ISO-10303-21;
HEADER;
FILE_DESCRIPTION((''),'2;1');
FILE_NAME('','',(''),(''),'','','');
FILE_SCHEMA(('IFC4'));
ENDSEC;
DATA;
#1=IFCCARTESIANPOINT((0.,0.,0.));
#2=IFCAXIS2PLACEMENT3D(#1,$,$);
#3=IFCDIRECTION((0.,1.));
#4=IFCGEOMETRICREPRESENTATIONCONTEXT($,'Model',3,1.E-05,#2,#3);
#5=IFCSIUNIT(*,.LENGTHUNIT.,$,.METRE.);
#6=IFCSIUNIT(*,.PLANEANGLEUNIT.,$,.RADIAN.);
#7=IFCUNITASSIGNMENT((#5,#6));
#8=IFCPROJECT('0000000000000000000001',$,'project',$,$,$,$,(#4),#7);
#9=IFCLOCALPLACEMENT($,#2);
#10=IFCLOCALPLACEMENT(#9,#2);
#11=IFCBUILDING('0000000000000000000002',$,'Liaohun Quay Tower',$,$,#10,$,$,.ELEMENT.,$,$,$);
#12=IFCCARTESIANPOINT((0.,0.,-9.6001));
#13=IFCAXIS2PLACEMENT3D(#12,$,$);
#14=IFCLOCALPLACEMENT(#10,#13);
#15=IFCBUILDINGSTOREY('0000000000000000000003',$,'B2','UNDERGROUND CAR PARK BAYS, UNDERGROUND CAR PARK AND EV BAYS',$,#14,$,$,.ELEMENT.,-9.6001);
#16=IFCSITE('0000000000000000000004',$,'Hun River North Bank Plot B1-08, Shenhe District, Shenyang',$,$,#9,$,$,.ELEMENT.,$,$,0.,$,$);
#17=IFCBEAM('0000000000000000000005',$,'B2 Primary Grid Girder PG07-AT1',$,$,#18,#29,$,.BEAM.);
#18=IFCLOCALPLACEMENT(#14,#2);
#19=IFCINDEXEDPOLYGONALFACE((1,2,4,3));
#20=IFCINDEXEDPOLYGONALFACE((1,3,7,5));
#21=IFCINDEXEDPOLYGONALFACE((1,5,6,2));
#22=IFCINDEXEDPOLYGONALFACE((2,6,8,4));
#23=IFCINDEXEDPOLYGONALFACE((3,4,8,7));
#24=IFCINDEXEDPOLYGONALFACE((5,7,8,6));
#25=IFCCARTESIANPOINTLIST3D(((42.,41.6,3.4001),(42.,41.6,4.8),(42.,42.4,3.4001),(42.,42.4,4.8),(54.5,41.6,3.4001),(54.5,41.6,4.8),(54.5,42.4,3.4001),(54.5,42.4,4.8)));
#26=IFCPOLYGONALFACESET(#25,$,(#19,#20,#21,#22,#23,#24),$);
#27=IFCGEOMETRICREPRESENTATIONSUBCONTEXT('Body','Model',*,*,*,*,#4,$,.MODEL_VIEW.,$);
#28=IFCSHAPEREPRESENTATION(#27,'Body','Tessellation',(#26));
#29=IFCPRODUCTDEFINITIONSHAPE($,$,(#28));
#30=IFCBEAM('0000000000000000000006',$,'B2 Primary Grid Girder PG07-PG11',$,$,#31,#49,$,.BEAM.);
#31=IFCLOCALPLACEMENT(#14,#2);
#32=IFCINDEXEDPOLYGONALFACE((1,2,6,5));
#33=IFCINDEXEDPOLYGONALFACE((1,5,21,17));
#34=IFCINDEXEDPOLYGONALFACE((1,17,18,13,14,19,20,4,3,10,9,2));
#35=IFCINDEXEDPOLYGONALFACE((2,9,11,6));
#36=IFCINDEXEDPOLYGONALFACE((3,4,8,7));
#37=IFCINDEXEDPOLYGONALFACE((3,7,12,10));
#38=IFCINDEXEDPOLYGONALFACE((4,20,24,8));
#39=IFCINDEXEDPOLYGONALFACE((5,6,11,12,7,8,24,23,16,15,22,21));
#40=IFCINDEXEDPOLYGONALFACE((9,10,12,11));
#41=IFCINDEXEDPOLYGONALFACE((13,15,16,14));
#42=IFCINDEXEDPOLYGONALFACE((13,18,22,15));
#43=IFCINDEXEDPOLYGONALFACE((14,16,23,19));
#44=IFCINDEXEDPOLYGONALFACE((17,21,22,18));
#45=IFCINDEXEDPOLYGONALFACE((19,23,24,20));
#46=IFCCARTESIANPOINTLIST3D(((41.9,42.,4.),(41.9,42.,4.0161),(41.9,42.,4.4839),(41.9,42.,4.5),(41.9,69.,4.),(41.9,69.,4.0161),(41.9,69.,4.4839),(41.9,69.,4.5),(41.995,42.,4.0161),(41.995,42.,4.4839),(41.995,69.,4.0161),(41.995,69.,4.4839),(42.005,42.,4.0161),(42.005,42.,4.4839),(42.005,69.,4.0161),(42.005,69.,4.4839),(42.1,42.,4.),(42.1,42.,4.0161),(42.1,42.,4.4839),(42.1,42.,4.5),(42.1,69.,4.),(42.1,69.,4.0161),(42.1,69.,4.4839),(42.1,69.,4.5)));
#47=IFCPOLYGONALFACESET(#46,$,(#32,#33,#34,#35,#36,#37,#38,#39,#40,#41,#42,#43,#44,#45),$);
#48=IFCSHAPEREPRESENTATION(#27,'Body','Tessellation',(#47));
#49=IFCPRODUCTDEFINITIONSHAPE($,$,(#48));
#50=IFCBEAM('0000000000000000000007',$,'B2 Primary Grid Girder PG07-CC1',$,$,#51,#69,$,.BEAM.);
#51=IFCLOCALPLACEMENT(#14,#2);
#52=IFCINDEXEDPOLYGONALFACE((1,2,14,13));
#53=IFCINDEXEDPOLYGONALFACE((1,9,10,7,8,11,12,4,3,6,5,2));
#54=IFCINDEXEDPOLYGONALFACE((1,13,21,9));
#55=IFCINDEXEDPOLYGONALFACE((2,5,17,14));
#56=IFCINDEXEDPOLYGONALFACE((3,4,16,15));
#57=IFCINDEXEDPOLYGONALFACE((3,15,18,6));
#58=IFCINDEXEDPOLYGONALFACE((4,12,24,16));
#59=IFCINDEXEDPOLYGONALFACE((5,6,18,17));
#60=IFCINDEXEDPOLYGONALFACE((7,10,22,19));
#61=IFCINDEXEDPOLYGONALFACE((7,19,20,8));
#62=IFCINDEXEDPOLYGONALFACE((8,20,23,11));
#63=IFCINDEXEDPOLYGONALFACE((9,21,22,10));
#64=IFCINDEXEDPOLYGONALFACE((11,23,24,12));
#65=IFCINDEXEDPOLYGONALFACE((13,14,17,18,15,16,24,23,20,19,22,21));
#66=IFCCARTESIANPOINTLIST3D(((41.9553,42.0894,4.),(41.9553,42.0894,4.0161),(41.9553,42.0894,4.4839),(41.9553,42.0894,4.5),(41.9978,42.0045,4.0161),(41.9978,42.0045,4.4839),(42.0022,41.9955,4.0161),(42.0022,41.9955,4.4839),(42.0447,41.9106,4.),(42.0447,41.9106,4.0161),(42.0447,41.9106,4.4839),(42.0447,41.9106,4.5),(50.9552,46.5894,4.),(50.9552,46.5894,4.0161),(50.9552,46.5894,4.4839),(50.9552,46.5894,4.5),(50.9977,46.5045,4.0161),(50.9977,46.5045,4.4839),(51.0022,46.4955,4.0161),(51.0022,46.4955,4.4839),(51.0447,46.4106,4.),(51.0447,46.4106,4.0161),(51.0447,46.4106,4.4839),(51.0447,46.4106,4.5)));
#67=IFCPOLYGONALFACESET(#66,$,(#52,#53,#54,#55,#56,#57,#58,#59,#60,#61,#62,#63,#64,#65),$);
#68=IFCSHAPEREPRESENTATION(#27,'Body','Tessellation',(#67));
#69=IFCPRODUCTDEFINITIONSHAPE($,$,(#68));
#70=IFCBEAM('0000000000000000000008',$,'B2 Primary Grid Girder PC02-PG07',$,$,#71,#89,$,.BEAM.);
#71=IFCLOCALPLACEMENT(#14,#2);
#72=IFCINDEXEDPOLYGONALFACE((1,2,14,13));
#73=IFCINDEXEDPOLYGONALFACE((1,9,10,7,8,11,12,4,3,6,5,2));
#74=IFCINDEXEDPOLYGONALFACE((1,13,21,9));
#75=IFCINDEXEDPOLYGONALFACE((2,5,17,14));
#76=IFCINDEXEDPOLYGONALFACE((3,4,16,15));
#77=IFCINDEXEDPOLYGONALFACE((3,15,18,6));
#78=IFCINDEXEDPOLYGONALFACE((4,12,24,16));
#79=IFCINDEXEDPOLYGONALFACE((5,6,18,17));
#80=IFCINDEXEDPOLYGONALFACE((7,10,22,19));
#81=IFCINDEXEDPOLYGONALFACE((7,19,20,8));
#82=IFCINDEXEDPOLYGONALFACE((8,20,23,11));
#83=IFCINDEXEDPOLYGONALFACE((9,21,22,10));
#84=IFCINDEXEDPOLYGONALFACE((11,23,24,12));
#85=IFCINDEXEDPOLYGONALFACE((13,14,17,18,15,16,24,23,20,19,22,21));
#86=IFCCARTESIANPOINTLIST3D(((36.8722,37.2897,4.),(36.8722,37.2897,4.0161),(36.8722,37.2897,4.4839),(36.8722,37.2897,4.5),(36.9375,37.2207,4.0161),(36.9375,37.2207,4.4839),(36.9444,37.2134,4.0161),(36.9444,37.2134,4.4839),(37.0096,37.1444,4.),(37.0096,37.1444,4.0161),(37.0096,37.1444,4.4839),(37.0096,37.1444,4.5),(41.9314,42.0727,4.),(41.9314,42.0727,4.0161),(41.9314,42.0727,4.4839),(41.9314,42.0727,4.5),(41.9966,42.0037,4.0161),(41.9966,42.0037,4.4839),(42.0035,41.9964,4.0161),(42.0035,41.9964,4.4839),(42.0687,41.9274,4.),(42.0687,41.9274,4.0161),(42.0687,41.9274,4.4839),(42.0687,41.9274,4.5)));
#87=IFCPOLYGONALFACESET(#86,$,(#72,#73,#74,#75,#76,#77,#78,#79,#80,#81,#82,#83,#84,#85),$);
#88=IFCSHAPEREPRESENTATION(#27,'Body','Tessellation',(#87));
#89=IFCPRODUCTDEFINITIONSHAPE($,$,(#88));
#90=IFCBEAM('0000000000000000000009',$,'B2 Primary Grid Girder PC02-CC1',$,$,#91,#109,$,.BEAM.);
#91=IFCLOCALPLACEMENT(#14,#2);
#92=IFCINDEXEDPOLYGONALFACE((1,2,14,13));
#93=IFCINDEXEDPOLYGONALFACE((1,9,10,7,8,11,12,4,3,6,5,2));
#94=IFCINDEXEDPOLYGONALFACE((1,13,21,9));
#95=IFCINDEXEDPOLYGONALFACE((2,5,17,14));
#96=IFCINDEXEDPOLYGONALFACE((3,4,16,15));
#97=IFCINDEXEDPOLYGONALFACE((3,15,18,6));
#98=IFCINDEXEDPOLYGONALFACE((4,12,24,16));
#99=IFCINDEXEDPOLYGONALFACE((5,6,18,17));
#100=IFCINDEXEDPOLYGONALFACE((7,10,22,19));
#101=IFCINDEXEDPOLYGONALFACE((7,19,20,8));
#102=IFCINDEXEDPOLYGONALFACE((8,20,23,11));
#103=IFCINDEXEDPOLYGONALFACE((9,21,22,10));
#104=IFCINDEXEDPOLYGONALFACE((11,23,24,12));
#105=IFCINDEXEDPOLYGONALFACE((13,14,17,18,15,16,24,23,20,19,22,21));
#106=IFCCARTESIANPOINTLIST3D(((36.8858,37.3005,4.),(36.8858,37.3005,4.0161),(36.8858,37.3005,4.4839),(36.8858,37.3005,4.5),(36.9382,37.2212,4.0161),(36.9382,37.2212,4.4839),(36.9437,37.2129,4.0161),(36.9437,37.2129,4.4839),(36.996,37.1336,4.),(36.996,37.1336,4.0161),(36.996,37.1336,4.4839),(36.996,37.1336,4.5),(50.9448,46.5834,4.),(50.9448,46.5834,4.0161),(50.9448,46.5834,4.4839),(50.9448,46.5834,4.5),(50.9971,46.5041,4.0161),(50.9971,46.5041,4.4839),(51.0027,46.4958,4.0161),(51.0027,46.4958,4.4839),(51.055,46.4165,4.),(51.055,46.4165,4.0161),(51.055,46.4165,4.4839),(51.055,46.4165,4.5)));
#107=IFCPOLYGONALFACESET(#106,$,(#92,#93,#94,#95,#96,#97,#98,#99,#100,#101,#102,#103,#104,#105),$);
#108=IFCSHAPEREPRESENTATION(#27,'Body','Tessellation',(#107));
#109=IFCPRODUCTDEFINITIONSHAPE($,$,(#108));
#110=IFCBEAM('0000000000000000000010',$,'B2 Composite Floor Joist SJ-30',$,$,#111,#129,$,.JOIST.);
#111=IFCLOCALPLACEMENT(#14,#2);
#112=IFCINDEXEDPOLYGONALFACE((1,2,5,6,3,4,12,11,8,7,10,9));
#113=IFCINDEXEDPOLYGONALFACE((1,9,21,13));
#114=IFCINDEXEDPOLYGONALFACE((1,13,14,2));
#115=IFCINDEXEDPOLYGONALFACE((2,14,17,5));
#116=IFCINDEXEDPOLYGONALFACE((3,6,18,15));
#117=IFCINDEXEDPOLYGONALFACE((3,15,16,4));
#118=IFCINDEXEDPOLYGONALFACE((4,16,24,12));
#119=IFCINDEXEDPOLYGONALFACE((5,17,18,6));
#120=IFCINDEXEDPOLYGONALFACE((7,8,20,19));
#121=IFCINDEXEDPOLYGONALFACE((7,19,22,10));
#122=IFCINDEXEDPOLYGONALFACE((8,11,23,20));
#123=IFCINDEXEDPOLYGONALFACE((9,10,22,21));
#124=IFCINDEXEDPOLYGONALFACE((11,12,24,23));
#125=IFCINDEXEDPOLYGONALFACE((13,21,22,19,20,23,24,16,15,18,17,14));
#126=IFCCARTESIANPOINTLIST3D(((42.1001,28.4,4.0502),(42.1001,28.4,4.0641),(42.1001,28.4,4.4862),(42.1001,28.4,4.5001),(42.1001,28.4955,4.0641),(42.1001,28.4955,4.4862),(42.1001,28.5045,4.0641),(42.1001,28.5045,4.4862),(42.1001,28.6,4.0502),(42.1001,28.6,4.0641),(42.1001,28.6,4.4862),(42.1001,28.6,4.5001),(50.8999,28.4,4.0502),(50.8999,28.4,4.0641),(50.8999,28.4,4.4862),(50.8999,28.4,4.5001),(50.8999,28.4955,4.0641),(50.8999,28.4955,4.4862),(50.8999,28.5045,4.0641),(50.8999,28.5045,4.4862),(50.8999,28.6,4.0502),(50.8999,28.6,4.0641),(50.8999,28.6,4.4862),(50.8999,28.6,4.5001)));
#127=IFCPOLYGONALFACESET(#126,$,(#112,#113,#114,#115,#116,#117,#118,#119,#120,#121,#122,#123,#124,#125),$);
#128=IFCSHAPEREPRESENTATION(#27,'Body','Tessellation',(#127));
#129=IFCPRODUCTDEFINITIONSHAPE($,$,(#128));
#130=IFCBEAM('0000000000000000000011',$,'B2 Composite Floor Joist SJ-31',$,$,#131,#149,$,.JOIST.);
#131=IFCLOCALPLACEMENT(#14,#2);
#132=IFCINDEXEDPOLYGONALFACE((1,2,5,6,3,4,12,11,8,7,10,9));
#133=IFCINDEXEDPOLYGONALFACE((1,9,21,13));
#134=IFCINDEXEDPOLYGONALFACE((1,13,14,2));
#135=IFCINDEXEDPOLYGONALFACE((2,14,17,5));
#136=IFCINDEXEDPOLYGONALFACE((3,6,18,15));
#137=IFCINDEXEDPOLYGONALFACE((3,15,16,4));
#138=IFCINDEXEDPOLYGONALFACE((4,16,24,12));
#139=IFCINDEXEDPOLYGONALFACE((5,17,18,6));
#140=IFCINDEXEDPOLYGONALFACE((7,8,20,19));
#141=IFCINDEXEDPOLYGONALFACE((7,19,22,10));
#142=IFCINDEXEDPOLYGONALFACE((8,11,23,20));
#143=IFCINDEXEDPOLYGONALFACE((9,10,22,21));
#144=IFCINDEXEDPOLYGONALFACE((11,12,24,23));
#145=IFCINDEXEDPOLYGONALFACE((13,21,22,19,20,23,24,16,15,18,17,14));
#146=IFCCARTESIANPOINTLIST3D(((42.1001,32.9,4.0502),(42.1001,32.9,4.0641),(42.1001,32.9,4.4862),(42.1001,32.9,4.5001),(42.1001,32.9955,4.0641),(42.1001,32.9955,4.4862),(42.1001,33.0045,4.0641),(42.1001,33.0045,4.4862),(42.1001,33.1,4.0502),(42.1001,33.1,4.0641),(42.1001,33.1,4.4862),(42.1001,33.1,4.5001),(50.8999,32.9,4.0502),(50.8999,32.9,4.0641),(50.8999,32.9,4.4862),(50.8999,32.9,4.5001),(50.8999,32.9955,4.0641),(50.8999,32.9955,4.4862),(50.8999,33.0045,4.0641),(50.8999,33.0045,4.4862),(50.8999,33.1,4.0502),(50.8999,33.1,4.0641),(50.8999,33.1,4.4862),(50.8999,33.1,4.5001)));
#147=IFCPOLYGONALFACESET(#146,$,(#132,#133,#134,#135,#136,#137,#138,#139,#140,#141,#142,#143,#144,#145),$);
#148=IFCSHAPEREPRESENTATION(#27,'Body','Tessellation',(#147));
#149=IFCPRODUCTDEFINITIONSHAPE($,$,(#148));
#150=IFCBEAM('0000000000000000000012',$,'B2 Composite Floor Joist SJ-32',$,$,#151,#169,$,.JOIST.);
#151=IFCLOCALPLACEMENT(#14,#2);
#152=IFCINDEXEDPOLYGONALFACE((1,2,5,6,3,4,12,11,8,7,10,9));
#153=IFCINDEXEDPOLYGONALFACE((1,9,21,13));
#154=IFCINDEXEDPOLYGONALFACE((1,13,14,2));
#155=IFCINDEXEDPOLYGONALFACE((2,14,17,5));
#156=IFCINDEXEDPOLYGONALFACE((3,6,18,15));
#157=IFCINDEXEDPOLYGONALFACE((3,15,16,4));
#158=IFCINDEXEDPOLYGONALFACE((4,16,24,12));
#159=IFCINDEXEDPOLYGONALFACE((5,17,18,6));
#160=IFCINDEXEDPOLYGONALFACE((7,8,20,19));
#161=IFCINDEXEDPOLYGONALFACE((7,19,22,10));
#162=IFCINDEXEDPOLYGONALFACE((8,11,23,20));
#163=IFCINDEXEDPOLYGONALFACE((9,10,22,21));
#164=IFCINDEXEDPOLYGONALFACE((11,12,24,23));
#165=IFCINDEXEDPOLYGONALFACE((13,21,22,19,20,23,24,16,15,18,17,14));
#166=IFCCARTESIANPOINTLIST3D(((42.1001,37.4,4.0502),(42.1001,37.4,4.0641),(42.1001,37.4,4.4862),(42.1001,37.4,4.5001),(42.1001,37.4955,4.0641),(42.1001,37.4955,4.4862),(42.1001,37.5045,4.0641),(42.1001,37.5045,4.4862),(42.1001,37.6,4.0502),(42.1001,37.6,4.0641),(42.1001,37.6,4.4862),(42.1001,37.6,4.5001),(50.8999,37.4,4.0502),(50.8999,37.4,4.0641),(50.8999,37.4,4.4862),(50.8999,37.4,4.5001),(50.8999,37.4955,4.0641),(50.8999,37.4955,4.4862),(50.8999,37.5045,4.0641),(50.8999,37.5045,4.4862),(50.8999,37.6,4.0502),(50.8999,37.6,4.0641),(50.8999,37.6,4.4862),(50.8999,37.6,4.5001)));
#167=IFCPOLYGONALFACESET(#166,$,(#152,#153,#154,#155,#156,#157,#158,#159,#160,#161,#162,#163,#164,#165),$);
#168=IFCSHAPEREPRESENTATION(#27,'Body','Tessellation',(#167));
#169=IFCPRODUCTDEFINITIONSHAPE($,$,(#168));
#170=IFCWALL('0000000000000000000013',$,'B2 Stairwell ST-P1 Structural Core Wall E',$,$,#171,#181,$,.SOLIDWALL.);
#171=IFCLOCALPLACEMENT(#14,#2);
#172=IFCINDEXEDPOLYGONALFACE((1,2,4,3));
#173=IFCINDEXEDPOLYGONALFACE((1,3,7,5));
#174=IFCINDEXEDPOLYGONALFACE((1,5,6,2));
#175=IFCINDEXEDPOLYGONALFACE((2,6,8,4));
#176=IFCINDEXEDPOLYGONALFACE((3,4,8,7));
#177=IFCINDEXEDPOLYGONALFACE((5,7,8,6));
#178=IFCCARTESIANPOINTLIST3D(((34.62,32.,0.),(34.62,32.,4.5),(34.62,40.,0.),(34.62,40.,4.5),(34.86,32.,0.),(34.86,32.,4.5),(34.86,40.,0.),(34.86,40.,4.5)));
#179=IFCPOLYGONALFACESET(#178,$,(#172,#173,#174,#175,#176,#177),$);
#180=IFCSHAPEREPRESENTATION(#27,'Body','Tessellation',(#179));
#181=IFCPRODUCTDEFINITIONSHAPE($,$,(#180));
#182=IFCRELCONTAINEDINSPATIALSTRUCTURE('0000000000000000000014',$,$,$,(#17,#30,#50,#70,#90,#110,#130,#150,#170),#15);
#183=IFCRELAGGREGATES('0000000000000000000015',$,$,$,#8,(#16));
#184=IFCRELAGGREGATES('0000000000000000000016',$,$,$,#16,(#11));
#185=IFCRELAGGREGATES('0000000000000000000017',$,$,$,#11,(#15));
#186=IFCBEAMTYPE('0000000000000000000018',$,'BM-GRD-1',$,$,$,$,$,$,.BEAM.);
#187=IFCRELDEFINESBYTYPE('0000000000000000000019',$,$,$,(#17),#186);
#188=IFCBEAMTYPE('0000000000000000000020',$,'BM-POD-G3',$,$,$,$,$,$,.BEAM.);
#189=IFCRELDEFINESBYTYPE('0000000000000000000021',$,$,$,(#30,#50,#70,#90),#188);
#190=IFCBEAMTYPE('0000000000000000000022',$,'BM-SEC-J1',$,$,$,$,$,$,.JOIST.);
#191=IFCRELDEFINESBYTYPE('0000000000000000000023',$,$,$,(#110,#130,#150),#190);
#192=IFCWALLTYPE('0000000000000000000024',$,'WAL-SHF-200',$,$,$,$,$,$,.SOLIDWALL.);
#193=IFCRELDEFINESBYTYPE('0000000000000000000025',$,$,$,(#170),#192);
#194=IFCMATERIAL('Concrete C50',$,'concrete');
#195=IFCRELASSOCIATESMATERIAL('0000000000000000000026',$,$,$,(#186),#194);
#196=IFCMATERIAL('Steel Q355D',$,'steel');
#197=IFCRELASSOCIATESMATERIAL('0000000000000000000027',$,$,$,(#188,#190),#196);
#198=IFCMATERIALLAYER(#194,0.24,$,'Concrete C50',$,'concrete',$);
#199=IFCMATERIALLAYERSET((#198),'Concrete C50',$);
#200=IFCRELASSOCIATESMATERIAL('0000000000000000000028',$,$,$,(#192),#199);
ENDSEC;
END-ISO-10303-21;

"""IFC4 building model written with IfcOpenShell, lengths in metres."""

from ifc_helpers import new_model, si_unit, direction, frame, frame_2d, origin, origin_2d, place, context, subcontext, project, spatial, rectangle, i_section, extrude, source, transform, mapped, material, layer, layer_set, material_profile, profile_set, type_object, element, save


model = new_model("IFC4")

# Units and contexts
model_context = context("Model", 3, precision=1e-05, world=origin(), true_north=direction((0.0, 1.0)))
body_context = subcontext(model_context, "Body", "Model", "MODEL_VIEW")
ifc_project = project(units=[si_unit("LENGTHUNIT", "METRE"), si_unit("PLANEANGLEUNIT", "RADIAN")], contexts=[model_context])

# Site, building, storey
site_placement = place(None, origin())
site = spatial("IfcSite", under=ifc_project, at=site_placement, Name="Hun River North Bank Plot B1-08, Shenhe District, Shenyang", CompositionType="ELEMENT", RefElevation=0.0)
building_placement = place(site_placement, origin())
building = spatial("IfcBuilding", under=site, at=building_placement, Name="Liaohun Quay Tower", CompositionType="ELEMENT")
storey_placement = place(building_placement, frame((0.0, 0.0, -9.6001)))
storey = spatial("IfcBuildingStorey", under=building, at=storey_placement, Name="B2", Description="UNDERGROUND CAR PARK BAYS, UNDERGROUND CAR PARK AND EV BAYS", CompositionType="ELEMENT", Elevation=-9.6001)

# Shared definitions
ifc_material_1 = material(Name="Steel Q355D", Category="steel")

# Beams
ifc_material_2 = material(Name="Concrete C50", Category="concrete")
ifc_material_profile_1 = material_profile(ifc_material_2, rectangle(XDim=0.8, YDim=1.3999, at=origin_2d()), Name="RC800x1400")
ifc_profile_set_1 = profile_set([ifc_material_profile_1], Name="Concrete C50")
beam_type_1 = type_object("IfcBeamType", Name="BM-GRD-1", PredefinedType="BEAM", material=ifc_profile_set_1)
shared_shape_1 = source(origin(), body_context, "Body", "SweptSolid", [
    extrude(rectangle(XDim=0.8, YDim=1.3999, at=origin_2d()), origin(), (0.0, 0.0, 1.0), 12.5),
])
beam_1_placement = place(storey_placement, frame((42.0, 42.0, 4.1001), z_axis=(1.0, 0.0, 0.0), x_axis=(0.0, 1.0, 0.0)))
element("IfcBeam", 1, at=beam_1_placement, inside=storey, type_object=beam_type_1, Name="B2 Primary Grid Girder PG07-AT1", PredefinedType="BEAM", context=body_context, shape_type="MappedRepresentation", body=[
    mapped(shared_shape_1, transform((0.0, 0.0, 0.0), x_axis=(1.0, 0.0, 0.0), y_axis=(0.0, 1.0, 0.0), z_axis=(0.0, 0.0, 1.0), scale=1.0)),
])
ifc_material_profile_2 = material_profile(ifc_material_1, i_section(OverallWidth=0.2, OverallDepth=0.5, WebThickness=0.01, FlangeThickness=0.0161, at=origin_2d()), Name="HN500x200x10x16")
ifc_profile_set_2 = profile_set([ifc_material_profile_2], Name="Steel Q355D")
beam_type_2 = type_object("IfcBeamType", Name="BM-POD-G3", PredefinedType="BEAM", material=ifc_profile_set_2)
shared_shape_2 = source(origin(), body_context, "Body", "SweptSolid", [
    extrude(i_section(OverallWidth=0.2, OverallDepth=0.5, WebThickness=0.01, FlangeThickness=0.0161, at=origin_2d()), origin(), (0.0, 0.0, 1.0), 27.0),
])
beam_2_placement = place(storey_placement, frame((42.0, 42.0, 4.25), z_axis=(0.0, 1.0, 0.0), x_axis=(-1.0, 0.0, 0.0)))
element("IfcBeam", 2, at=beam_2_placement, inside=storey, type_object=beam_type_2, Name="B2 Primary Grid Girder PG07-PG11", PredefinedType="BEAM", context=body_context, shape_type="MappedRepresentation", body=[
    mapped(shared_shape_2, transform((0.0, 0.0, 0.0), x_axis=(1.0, 0.0, 0.0), y_axis=(0.0, 1.0, 0.0), z_axis=(0.0, 0.0, 1.0), scale=1.0)),
])
shared_shape_3 = source(origin(), body_context, "Body", "SweptSolid", [
    extrude(i_section(OverallWidth=0.2, OverallDepth=0.5, WebThickness=0.01, FlangeThickness=0.0161, at=origin_2d()), origin(), (0.0, 0.0, 1.0), 10.0623),
])
beam_3_placement = place(storey_placement, frame((42.0, 42.0, 4.25), z_axis=(0.894427, 0.447214, 0.0), x_axis=(-0.447214, 0.894427, 0.0)))
element("IfcBeam", 3, at=beam_3_placement, inside=storey, type_object=beam_type_2, Name="B2 Primary Grid Girder PG07-CC1", PredefinedType="BEAM", context=body_context, shape_type="MappedRepresentation", body=[
    mapped(shared_shape_3, transform((0.0, 0.0, 0.0), x_axis=(1.0, 0.0, 0.0), y_axis=(0.0, 1.0, 0.0), z_axis=(0.0, 0.0, 1.0), scale=1.0)),
])
shared_shape_4 = source(origin(), body_context, "Body", "SweptSolid", [
    extrude(i_section(OverallWidth=0.2, OverallDepth=0.5, WebThickness=0.01, FlangeThickness=0.0161, at=origin_2d()), origin(), (0.0, 0.0, 1.0), 6.9622),
])
beam_4_placement = place(storey_placement, frame((36.9409, 37.217, 4.25), z_axis=(0.726659, 0.686998, 0.0), x_axis=(-0.686998, 0.726659, 0.0)))
element("IfcBeam", 4, at=beam_4_placement, inside=storey, type_object=beam_type_2, Name="B2 Primary Grid Girder PC02-PG07", PredefinedType="BEAM", context=body_context, shape_type="MappedRepresentation", body=[
    mapped(shared_shape_4, transform((0.0, 0.0, 0.0), x_axis=(1.0, 0.0, 0.0), y_axis=(0.0, 1.0, 0.0), z_axis=(0.0, 0.0, 1.0), scale=1.0)),
])
shared_shape_5 = source(origin(), body_context, "Body", "SweptSolid", [
    extrude(i_section(OverallWidth=0.2, OverallDepth=0.5, WebThickness=0.01, FlangeThickness=0.0161, at=origin_2d()), origin(), (0.0, 0.0, 1.0), 16.8472),
])
beam_5_placement = place(storey_placement, frame((36.9409, 37.217, 4.25), z_axis=(0.834501, 0.551006, 0.0), x_axis=(-0.551006, 0.834501, 0.0)))
element("IfcBeam", 5, at=beam_5_placement, inside=storey, type_object=beam_type_2, Name="B2 Primary Grid Girder PC02-CC1", PredefinedType="BEAM", context=body_context, shape_type="MappedRepresentation", body=[
    mapped(shared_shape_5, transform((0.0, 0.0, 0.0), x_axis=(1.0, 0.0, 0.0), y_axis=(0.0, 1.0, 0.0), z_axis=(0.0, 0.0, 1.0), scale=1.0)),
])
ifc_material_profile_3 = material_profile(ifc_material_1, i_section(OverallWidth=0.2, OverallDepth=0.45, WebThickness=0.009, FlangeThickness=0.0139, at=origin_2d()), Name="HN450x200x9x14")
ifc_profile_set_3 = profile_set([ifc_material_profile_3], Name="Steel Q355D")
beam_type_3 = type_object("IfcBeamType", Name="BM-SEC-J1", PredefinedType="JOIST", material=ifc_profile_set_3)
shared_shape_6 = source(origin(), body_context, "Body", "SweptSolid", [
    extrude(i_section(OverallWidth=0.2, OverallDepth=0.45, WebThickness=0.009, FlangeThickness=0.0139, at=origin_2d()), origin(), (0.0, 0.0, 1.0), 8.7998),
])
for number, where, z_axis, x_axis, name in (
    (6, (42.1001, 28.5, 4.2751), (1.0, 0.0, 0.0), (0.0, 1.0, 0.0), "B2 Composite Floor Joist SJ-30"),
    (7, (42.1001, 33.0, 4.2751), (1.0, 0.0, 0.0), (0.0, 1.0, 0.0), "B2 Composite Floor Joist SJ-31"),
    (8, (42.1001, 37.5, 4.2751), (1.0, 0.0, 0.0), (0.0, 1.0, 0.0), "B2 Composite Floor Joist SJ-32"),
):
    element("IfcBeam", number, at=place(storey_placement, frame(where, z_axis=z_axis, x_axis=x_axis)), inside=storey, type_object=beam_type_3, Name=name, PredefinedType="JOIST", context=body_context, shape_type="MappedRepresentation", body=[
        mapped(shared_shape_6, transform((0.0, 0.0, 0.0), x_axis=(1.0, 0.0, 0.0), y_axis=(0.0, 1.0, 0.0), z_axis=(0.0, 0.0, 1.0), scale=1.0)),
    ])

# Wall
ifc_layer = layer(ifc_material_2, 0.24, Name="Concrete C50", Category="concrete")
ifc_layer_set = layer_set([ifc_layer], Name="Concrete C50")
wall_type = type_object("IfcWallType", Name="WAL-SHF-200", PredefinedType="SOLIDWALL", material=ifc_layer_set)
wall_1_placement = place(storey_placement, frame((34.74, 32.0, 0.0), z_axis=(0.0, 0.0, 1.0), x_axis=(0.0, 1.0, 0.0)))
element("IfcWall", 9, at=wall_1_placement, inside=storey, type_object=wall_type, Name="B2 Stairwell ST-P1 Structural Core Wall E", PredefinedType="SOLIDWALL", context=body_context, shape_type="SweptSolid", body=[
    extrude(rectangle(XDim=8.0, YDim=0.24, at=frame_2d((4.0, 0.0))), origin(), (0.0, 0.0, 1.0), 4.5),
])

save(model, "model.ifc")
